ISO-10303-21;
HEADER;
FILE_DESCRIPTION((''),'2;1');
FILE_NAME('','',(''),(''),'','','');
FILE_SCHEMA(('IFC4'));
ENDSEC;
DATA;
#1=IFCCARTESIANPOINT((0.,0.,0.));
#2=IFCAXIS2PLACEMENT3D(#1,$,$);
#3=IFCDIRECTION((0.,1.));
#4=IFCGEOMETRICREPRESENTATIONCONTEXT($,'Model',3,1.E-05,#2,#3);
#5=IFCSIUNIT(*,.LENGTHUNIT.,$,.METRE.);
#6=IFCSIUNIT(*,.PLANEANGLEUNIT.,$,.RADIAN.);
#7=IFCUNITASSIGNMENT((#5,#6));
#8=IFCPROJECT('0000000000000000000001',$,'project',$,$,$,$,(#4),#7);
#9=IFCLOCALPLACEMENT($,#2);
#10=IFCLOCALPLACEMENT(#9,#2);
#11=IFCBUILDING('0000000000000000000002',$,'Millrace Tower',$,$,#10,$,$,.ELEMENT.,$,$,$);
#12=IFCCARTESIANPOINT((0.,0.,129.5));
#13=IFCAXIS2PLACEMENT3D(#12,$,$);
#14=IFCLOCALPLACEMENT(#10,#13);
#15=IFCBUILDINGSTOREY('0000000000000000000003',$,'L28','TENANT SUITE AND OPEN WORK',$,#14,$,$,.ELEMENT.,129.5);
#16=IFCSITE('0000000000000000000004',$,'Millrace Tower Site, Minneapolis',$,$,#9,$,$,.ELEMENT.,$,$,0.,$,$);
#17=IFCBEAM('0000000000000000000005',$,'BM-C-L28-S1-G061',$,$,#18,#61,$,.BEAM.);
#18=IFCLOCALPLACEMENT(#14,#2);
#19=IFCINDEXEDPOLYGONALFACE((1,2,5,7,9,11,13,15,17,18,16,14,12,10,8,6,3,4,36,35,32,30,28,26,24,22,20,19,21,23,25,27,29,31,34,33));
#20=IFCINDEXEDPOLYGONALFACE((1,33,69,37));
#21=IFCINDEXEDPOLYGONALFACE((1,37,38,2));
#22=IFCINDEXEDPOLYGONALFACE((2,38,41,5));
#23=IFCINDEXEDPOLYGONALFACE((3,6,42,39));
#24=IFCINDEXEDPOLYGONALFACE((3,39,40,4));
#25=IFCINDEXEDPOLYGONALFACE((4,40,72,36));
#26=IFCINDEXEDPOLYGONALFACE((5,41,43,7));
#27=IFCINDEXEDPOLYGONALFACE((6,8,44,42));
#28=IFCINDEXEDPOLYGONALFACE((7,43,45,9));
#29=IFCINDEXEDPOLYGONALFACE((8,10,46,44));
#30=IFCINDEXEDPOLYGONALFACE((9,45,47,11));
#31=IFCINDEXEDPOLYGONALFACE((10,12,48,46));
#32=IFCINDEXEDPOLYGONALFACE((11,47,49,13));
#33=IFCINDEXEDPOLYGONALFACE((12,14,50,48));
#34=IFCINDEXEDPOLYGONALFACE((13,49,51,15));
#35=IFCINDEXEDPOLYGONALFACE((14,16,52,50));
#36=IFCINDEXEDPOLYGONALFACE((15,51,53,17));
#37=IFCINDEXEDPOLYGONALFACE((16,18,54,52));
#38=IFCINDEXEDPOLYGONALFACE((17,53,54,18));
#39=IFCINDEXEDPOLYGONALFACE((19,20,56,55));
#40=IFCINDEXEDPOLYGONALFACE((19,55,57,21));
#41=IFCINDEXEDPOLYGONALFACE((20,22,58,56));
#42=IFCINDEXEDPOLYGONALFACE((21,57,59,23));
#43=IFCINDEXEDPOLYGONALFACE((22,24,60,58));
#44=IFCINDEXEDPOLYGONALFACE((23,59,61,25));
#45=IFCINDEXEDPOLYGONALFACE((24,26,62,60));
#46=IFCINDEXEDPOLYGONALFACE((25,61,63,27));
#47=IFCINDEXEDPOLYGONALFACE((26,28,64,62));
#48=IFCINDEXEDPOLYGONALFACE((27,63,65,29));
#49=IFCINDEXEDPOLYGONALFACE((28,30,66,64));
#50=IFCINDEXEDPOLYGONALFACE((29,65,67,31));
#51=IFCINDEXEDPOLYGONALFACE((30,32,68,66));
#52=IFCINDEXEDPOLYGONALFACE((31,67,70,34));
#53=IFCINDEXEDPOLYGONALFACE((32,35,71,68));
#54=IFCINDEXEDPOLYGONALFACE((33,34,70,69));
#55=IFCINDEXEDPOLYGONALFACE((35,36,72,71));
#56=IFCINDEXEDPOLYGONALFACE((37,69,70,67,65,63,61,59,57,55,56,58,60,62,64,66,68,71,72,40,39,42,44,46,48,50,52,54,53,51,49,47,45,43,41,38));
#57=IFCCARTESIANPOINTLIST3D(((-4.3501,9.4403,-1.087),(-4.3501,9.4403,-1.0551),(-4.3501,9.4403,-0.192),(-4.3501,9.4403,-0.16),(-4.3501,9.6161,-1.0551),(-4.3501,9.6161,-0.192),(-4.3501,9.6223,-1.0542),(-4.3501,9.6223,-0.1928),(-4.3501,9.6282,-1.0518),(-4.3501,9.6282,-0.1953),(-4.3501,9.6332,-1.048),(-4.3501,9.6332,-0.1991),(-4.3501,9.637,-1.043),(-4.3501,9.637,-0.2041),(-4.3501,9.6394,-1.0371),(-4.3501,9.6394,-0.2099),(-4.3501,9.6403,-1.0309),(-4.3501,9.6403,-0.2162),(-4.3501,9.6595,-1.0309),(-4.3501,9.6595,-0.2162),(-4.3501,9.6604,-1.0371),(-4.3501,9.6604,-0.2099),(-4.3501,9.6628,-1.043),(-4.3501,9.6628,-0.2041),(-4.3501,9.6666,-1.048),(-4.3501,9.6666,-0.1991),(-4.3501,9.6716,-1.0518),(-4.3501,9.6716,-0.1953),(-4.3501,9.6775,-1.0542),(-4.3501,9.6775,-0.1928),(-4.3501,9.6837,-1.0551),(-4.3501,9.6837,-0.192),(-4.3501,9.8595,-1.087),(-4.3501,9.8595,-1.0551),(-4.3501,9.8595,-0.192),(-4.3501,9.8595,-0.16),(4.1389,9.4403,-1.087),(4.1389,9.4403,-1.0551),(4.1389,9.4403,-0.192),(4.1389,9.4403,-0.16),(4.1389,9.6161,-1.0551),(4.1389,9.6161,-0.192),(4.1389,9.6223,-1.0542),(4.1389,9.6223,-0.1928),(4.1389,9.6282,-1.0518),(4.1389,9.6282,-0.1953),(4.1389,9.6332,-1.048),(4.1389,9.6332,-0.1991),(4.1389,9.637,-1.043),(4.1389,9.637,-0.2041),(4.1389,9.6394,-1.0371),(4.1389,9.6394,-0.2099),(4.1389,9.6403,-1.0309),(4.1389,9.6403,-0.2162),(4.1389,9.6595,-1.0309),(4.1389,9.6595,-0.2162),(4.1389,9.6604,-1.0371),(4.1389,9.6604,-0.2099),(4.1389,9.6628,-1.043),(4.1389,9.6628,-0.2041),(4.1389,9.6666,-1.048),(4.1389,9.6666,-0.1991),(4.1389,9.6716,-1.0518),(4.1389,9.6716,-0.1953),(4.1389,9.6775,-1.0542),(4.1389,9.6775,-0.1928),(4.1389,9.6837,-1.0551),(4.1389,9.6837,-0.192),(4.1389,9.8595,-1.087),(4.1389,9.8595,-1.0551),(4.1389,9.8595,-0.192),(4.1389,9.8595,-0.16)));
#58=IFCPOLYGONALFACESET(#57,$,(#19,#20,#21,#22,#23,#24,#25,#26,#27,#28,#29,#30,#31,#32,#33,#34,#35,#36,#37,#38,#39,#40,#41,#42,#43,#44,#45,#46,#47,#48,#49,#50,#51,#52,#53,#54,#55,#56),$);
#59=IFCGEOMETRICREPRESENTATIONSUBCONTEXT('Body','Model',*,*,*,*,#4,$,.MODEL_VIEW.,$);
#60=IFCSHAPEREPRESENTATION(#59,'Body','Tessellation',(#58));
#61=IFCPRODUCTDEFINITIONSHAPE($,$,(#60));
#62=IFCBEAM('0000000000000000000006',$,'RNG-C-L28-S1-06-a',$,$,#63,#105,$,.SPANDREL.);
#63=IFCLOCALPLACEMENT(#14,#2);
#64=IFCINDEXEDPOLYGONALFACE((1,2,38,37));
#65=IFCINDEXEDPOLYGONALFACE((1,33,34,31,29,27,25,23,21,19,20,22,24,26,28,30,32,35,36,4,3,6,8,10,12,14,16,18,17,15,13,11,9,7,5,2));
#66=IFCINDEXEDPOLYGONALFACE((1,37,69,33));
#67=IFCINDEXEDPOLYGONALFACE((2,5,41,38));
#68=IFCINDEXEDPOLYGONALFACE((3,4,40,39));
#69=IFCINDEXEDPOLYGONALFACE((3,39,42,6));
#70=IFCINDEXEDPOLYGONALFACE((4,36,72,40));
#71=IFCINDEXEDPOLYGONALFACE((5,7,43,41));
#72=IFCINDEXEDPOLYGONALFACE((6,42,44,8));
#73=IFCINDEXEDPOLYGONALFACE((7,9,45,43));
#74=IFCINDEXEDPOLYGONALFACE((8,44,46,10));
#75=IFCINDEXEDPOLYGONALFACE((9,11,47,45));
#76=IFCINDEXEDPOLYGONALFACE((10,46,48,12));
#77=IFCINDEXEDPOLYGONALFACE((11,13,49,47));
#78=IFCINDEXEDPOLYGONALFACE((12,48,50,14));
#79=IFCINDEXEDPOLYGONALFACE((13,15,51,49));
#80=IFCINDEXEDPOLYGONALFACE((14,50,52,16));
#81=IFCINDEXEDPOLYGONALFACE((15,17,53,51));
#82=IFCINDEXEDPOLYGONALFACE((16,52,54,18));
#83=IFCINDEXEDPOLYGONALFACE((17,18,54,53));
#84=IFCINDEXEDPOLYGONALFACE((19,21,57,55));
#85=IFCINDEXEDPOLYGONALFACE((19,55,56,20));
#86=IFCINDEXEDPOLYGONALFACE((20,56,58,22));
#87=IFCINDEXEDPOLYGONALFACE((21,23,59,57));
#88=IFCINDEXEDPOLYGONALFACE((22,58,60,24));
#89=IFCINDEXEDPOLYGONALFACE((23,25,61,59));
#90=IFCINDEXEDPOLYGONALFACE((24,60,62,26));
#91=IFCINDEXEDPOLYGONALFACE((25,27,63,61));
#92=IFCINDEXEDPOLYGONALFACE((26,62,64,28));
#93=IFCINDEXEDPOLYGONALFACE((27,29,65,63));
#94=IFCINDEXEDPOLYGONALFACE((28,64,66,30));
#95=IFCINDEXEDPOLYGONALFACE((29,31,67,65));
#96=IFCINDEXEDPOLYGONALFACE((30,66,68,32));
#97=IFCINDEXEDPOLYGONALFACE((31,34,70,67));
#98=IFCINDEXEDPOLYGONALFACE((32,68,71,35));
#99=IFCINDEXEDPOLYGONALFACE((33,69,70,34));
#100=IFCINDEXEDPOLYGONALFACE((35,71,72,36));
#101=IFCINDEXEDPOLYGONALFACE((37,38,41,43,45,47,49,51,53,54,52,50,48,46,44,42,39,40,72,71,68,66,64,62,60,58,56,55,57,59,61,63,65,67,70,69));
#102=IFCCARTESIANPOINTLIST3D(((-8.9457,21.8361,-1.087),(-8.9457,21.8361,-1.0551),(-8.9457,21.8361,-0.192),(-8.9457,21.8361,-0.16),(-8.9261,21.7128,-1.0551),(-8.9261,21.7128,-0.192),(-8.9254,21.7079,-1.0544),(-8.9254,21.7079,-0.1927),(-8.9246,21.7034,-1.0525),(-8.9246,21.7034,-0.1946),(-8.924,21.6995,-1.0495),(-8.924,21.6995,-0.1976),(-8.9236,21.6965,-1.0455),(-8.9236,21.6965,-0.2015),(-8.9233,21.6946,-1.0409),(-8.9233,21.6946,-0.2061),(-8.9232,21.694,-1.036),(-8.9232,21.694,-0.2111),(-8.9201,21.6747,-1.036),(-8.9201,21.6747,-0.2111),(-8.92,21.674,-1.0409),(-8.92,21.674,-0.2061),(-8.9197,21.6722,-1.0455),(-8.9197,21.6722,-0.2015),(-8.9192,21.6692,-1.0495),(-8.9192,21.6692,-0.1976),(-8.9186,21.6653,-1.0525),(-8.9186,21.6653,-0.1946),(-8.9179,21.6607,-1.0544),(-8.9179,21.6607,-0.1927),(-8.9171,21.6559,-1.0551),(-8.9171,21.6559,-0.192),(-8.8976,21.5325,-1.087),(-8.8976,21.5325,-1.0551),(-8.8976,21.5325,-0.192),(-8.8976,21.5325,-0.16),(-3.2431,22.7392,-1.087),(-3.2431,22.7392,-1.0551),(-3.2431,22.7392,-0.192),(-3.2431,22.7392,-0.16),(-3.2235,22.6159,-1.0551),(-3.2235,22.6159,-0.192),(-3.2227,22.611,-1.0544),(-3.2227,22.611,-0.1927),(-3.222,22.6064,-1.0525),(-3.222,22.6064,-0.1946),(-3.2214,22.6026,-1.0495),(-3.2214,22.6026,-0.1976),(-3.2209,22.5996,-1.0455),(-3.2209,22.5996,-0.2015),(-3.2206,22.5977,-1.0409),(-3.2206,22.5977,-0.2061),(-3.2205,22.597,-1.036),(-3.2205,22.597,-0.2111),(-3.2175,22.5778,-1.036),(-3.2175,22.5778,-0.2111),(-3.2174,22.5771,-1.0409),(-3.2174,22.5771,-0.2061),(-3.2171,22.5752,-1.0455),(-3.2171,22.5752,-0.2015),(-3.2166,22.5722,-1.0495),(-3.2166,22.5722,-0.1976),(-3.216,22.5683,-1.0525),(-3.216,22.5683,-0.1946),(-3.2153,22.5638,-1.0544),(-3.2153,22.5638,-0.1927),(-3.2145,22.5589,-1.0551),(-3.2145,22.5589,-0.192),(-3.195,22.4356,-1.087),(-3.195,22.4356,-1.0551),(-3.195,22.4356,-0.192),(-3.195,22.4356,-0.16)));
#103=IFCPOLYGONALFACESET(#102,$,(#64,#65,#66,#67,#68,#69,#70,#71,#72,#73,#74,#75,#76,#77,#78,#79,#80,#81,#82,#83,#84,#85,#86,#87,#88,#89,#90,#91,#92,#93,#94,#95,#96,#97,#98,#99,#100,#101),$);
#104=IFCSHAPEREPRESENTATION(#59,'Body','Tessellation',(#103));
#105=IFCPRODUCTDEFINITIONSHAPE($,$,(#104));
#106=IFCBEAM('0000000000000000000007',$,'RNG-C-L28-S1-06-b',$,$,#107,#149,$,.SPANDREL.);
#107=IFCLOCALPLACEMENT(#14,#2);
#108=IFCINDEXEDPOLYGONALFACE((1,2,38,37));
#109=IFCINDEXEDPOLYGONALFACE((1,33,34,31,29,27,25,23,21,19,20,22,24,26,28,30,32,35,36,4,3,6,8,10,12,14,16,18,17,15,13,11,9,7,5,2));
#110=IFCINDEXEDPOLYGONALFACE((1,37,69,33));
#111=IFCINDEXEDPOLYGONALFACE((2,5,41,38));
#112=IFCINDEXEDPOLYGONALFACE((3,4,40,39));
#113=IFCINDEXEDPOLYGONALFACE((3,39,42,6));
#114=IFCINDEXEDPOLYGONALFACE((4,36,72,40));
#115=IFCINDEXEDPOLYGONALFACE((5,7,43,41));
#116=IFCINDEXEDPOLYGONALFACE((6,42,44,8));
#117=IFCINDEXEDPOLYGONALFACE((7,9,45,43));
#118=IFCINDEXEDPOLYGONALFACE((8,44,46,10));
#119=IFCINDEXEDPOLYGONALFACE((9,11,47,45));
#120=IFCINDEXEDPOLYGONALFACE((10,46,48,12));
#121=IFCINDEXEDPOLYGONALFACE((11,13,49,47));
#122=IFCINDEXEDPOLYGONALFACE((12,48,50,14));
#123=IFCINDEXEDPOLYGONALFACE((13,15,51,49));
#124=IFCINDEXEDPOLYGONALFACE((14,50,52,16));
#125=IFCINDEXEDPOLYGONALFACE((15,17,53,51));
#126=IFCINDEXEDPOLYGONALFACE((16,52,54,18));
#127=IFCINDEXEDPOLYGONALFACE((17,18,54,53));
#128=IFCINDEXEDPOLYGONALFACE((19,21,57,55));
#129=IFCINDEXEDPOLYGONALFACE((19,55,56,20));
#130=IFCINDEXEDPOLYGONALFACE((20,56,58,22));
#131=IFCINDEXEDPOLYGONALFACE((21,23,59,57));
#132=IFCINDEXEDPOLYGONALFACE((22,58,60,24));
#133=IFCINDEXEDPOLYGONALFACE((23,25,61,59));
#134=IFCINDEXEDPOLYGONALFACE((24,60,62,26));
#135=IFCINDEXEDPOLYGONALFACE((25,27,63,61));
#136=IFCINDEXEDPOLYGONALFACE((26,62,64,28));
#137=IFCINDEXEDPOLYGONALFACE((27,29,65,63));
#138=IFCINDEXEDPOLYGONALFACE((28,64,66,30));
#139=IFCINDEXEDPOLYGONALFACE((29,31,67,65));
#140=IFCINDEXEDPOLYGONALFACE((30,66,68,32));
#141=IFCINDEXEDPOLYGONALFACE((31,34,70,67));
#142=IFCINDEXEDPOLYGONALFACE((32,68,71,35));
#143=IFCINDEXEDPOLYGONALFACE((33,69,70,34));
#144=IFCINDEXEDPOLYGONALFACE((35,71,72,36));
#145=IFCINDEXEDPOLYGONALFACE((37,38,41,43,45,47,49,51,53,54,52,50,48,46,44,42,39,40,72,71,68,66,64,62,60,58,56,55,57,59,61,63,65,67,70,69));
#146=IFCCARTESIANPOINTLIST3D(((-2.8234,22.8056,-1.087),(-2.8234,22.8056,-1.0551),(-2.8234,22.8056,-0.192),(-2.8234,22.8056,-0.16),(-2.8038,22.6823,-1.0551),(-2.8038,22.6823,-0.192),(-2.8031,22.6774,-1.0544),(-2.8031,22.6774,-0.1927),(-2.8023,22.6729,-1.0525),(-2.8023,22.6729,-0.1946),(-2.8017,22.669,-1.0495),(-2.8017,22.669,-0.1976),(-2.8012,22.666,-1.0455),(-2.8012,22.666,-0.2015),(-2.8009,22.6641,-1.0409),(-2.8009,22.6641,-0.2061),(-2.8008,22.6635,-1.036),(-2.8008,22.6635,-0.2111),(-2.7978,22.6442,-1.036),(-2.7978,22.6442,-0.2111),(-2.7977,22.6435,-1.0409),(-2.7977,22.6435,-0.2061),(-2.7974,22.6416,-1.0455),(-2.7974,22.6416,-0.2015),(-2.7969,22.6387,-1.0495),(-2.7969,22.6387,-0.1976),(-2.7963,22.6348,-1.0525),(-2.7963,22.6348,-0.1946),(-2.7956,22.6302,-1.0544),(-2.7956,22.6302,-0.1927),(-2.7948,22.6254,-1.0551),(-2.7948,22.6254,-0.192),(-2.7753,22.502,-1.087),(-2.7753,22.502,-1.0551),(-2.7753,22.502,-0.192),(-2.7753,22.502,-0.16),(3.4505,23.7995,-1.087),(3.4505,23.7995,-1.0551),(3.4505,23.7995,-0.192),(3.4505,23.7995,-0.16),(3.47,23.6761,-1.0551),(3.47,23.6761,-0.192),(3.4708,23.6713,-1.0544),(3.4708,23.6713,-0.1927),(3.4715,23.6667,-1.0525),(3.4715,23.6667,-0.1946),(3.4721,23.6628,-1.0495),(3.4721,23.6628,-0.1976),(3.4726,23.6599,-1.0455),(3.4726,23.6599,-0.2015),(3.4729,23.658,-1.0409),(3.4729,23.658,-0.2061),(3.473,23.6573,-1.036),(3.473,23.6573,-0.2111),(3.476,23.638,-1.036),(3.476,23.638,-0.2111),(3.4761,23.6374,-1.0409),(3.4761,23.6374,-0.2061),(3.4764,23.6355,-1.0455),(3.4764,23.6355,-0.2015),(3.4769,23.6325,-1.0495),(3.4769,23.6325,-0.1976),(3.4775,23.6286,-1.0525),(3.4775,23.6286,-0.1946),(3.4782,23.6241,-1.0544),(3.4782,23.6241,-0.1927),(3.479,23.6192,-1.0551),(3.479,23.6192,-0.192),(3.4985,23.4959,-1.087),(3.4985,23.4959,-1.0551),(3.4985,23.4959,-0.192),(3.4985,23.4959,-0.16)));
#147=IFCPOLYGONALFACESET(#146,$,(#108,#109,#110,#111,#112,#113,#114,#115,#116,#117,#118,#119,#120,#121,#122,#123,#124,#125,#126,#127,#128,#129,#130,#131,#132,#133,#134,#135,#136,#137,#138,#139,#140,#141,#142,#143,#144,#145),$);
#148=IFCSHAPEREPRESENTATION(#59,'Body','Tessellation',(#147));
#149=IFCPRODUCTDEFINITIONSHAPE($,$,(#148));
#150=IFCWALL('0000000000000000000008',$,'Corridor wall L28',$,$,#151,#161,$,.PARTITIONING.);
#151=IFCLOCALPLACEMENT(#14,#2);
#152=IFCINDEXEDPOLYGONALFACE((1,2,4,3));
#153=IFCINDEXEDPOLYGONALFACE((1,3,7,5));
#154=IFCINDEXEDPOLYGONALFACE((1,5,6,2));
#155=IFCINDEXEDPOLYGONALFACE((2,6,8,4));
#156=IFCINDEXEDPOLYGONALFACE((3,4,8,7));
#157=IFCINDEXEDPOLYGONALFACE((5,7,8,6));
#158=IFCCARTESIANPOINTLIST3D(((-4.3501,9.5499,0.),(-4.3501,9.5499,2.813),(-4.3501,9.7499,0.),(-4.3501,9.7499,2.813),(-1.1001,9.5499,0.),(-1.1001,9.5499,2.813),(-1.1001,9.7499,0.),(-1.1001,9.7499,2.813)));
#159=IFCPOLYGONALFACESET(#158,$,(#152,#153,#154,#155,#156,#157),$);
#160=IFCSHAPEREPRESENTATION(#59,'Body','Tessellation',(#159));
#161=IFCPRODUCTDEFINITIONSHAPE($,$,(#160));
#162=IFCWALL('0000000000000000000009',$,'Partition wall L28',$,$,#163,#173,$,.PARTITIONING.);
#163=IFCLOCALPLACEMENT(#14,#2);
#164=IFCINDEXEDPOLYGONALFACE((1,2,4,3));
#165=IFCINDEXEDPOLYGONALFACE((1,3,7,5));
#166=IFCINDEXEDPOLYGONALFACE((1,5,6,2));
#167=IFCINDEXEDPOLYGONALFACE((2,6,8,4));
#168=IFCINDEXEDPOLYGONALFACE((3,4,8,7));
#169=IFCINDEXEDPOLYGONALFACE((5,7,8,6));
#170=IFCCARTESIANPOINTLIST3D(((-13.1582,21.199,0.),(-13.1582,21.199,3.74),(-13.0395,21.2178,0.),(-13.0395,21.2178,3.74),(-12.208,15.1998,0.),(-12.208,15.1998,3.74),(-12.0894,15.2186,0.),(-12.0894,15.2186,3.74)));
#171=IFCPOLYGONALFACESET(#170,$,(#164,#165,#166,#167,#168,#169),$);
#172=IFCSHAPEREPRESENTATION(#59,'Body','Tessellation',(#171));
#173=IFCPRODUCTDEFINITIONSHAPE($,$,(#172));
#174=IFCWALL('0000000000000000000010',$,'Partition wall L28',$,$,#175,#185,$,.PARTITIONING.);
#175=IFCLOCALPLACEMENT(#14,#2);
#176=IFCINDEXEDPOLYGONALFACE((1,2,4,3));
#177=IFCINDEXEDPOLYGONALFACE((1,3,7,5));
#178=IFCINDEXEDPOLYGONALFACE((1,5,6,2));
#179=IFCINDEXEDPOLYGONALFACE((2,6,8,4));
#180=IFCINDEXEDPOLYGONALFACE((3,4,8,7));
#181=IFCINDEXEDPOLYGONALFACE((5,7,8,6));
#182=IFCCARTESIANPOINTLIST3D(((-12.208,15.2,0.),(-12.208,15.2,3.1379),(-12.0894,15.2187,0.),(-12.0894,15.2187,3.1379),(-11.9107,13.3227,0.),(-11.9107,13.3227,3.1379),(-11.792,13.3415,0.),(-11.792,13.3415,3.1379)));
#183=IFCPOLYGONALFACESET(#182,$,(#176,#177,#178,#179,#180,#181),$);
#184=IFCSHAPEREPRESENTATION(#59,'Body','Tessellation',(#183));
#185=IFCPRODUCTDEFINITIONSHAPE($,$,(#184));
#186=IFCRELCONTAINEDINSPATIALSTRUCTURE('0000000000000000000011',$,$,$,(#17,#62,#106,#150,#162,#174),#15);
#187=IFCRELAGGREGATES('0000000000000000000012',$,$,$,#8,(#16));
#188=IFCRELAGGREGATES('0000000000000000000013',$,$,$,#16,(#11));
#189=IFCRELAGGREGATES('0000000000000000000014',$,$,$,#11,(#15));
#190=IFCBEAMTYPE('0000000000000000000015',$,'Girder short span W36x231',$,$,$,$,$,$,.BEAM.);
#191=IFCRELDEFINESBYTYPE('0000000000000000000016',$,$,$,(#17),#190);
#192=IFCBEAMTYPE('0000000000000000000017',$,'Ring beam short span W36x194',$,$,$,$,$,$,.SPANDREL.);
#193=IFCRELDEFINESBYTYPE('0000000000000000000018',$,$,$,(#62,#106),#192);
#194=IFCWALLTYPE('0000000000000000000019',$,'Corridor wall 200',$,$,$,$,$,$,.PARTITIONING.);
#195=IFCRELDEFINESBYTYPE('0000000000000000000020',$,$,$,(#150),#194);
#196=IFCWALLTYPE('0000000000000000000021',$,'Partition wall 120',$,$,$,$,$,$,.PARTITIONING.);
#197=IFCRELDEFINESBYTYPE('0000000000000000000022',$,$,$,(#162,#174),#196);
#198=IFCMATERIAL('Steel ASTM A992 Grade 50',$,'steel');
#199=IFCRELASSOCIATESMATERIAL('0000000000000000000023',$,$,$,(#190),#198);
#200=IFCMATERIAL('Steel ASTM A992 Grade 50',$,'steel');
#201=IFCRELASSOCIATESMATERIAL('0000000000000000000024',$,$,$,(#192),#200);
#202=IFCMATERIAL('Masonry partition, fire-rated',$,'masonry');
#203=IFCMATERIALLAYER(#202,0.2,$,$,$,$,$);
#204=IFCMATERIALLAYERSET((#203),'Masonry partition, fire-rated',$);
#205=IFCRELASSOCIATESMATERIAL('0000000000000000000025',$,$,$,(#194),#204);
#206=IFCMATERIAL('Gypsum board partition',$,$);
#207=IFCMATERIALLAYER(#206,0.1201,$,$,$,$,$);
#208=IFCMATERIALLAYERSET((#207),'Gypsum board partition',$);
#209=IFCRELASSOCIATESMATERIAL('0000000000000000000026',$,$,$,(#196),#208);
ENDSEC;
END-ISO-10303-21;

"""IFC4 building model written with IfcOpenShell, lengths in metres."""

from ifc_helpers import new_model, si_unit, direction, frame, frame_2d, origin, origin_2d, place, context, subcontext, project, spatial, rectangle, i_section, extrude, material, layer, layer_set, material_profile, profile_set, type_object, element, save


model = new_model("IFC4")

# Units and contexts
model_context = context("Model", 3, precision=1e-05, world=origin(), true_north=direction((0.0, 1.0)))
body_context = subcontext(model_context, "Body", "Model", "MODEL_VIEW")
ifc_project = project(units=[si_unit("LENGTHUNIT", "METRE"), si_unit("PLANEANGLEUNIT", "RADIAN")], contexts=[model_context])

# Site, building, storey
site_placement = place(None, origin())
site = spatial("IfcSite", under=ifc_project, at=site_placement, Name="Millrace Tower Site, Minneapolis", CompositionType="ELEMENT", RefElevation=0.0)
building_placement = place(site_placement, origin())
building = spatial("IfcBuilding", under=site, at=building_placement, Name="Millrace Tower", CompositionType="ELEMENT")
storey_placement = place(building_placement, frame((0.0, 0.0, 129.5)))
storey = spatial("IfcBuildingStorey", under=building, at=storey_placement, Name="L28", Description="TENANT SUITE AND OPEN WORK", CompositionType="ELEMENT", Elevation=129.5)

# Beams
ifc_material_1 = material(Name="Steel ASTM A992 Grade 50", Category="steel")
ifc_material_profile_1 = material_profile(ifc_material_1, i_section(OverallWidth=0.4192, OverallDepth=0.927, WebThickness=0.0193, FlangeThickness=0.032, FilletRadius=0.0242, at=origin_2d()))
ifc_profile_set_1 = profile_set([ifc_material_profile_1], Name="Steel ASTM A992 Grade 50")
beam_type_1 = type_object("IfcBeamType", Name="Girder short span W36x231", PredefinedType="BEAM", material=ifc_profile_set_1)
beam_1_placement = place(storey_placement, frame((-4.3501, 9.6499, -0.6235), z_axis=(1.0, 0.0, 0.0), x_axis=(0.0, 1.0, 0.0)))
element("IfcBeam", 1, at=beam_1_placement, inside=storey, type_object=beam_type_1, Name="BM-C-L28-S1-G061", PredefinedType="BEAM", context=body_context, shape_type="SweptSolid", body=[
    extrude(i_section(OverallWidth=0.4192, OverallDepth=0.927, WebThickness=0.0193, FlangeThickness=0.032, FilletRadius=0.0242, at=origin_2d()), origin(), (0.0, 0.0, 1.0), 8.489),
])
ifc_material_2 = material(Name="Steel ASTM A992 Grade 50", Category="steel")
ifc_material_profile_2 = material_profile(ifc_material_2, i_section(OverallWidth=0.3074, OverallDepth=0.927, WebThickness=0.0195, FlangeThickness=0.032, FilletRadius=0.019, at=origin_2d()))
ifc_profile_set_2 = profile_set([ifc_material_profile_2], Name="Steel ASTM A992 Grade 50")
beam_type_2 = type_object("IfcBeamType", Name="Ring beam short span W36x194", PredefinedType="SPANDREL", material=ifc_profile_set_2)
beam_2_placement = place(storey_placement, frame((-8.9216, 21.6843, -0.6235), z_axis=(0.987692, 0.156412, 0.0), x_axis=(-0.156412, 0.987692, 0.0)))
element("IfcBeam", 2, at=beam_2_placement, inside=storey, type_object=beam_type_2, Name="RNG-C-L28-S1-06-a", PredefinedType="SPANDREL", context=body_context, shape_type="SweptSolid", body=[
    extrude(i_section(OverallWidth=0.3074, OverallDepth=0.927, WebThickness=0.0195, FlangeThickness=0.032, FilletRadius=0.019, at=origin_2d()), origin(), (0.0, 0.0, 1.0), 5.7737),
])
beam_3_placement = place(storey_placement, frame((-2.7993, 22.6538, -0.6235), z_axis=(0.987683, 0.156466, 0.0), x_axis=(-0.156466, 0.987683, 0.0)))
element("IfcBeam", 3, at=beam_3_placement, inside=storey, type_object=beam_type_2, Name="RNG-C-L28-S1-06-b", PredefinedType="SPANDREL", context=body_context, shape_type="SweptSolid", body=[
    extrude(i_section(OverallWidth=0.3074, OverallDepth=0.927, WebThickness=0.0195, FlangeThickness=0.032, FilletRadius=0.019, at=origin_2d()), origin(), (0.0, 0.0, 1.0), 6.3521),
])

# Walls
ifc_material_3 = material(Name="Masonry partition, fire-rated", Category="masonry")
ifc_layer_1 = layer(ifc_material_3, 0.2)
ifc_layer_set_1 = layer_set([ifc_layer_1], Name="Masonry partition, fire-rated")
wall_type_1 = type_object("IfcWallType", Name="Corridor wall 200", PredefinedType="PARTITIONING", material=ifc_layer_set_1)
wall_1_placement = place(storey_placement, frame((-4.3501, 9.6499, 0.0), z_axis=(0.0, 0.0, 1.0), x_axis=(1.0, 0.0, 0.0)))
element("IfcWall", 4, at=wall_1_placement, inside=storey, type_object=wall_type_1, Name="Corridor wall L28", PredefinedType="PARTITIONING", context=body_context, shape_type="SweptSolid", body=[
    extrude(rectangle(XDim=3.25, YDim=0.2, at=frame_2d((1.625, 0.0))), origin(), (0.0, 0.0, 1.0), 2.813),
])
ifc_material_4 = material(Name="Gypsum board partition")
ifc_layer_2 = layer(ifc_material_4, 0.1201)
ifc_layer_set_2 = layer_set([ifc_layer_2], Name="Gypsum board partition")
wall_type_2 = type_object("IfcWallType", Name="Partition wall 120", PredefinedType="PARTITIONING", material=ifc_layer_set_2)
wall_2_placement = place(storey_placement, frame((-13.0989, 21.2085, 0.0), z_axis=(0.0, 0.0, 1.0), x_axis=(0.156435, -0.987688, 0.0)))
element("IfcWall", 5, at=wall_2_placement, inside=storey, type_object=wall_type_2, Name="Partition wall L28", PredefinedType="PARTITIONING", context=body_context, shape_type="SweptSolid", body=[
    extrude(rectangle(XDim=6.074, YDim=0.1201, at=frame_2d((3.0371, 0.0))), origin(), (0.0, 0.0, 1.0), 3.74),
])
wall_3_placement = place(storey_placement, frame((-12.1487, 15.2092, 0.0), z_axis=(0.0, 0.0, 1.0), x_axis=(0.156457, -0.987685, 0.0)))
element("IfcWall", 6, at=wall_3_placement, inside=storey, type_object=wall_type_2, Name="Partition wall L28", PredefinedType="PARTITIONING", context=body_context, shape_type="SweptSolid", body=[
    extrude(rectangle(XDim=1.9006, YDim=0.1201, at=frame_2d((0.9502, 0.0))), origin(), (0.0, 0.0, 1.0), 3.1379),
])

save(model, "model.ifc")
